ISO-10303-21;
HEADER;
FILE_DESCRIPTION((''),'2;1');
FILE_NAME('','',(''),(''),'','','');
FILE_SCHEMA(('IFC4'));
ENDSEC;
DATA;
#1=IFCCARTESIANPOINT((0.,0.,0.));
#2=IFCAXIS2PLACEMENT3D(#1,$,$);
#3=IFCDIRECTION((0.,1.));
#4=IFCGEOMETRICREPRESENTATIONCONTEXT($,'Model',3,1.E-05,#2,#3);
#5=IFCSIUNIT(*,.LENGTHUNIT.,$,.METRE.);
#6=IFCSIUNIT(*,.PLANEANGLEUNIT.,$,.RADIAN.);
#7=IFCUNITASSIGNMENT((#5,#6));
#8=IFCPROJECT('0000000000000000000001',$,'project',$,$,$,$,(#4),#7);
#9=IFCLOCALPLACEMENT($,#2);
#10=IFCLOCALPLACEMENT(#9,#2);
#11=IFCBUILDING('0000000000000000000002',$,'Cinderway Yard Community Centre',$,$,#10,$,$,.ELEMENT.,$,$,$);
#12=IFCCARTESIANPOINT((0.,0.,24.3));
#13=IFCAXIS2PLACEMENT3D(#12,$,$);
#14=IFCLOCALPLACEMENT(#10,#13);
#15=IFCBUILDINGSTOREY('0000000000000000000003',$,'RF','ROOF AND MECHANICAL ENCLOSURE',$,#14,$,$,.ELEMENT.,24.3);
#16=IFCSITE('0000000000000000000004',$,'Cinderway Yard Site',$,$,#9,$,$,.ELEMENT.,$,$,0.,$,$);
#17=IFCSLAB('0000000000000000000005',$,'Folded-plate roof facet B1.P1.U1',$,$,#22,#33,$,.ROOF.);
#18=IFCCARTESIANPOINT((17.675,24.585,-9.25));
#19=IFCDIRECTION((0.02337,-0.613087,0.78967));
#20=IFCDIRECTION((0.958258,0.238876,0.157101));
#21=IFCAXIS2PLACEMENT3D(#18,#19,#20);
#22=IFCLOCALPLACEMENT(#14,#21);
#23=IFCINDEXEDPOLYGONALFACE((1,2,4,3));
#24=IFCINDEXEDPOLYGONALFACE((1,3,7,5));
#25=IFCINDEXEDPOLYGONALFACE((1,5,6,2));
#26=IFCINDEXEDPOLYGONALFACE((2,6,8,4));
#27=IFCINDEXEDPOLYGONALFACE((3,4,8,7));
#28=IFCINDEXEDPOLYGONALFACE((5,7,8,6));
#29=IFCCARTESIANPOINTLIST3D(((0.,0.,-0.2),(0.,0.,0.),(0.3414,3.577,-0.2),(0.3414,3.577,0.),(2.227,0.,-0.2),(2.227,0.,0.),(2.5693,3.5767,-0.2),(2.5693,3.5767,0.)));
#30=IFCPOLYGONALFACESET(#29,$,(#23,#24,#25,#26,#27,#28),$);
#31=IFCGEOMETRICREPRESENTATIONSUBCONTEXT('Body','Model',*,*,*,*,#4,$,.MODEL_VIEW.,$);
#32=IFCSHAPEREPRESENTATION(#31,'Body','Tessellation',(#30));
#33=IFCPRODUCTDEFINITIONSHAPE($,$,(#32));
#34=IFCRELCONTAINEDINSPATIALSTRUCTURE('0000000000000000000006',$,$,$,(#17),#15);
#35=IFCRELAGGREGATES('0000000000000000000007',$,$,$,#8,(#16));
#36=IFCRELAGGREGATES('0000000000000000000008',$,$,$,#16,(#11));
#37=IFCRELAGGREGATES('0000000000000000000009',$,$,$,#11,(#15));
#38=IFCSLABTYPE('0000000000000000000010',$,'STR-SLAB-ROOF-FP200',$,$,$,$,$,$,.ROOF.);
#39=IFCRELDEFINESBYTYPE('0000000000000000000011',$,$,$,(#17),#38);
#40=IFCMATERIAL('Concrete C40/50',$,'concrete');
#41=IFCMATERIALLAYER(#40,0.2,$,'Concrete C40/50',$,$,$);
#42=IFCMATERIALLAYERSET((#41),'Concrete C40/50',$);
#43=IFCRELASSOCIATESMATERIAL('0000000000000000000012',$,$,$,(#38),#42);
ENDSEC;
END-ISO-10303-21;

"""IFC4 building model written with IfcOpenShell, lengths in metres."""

from ifc_helpers import new_model, si_unit, direction, frame, origin, place, context, subcontext, project, spatial, polyline, outline, extrude, material, layer, layer_set, type_object, element, save


model = new_model("IFC4")

# Units and contexts
model_context = context("Model", 3, precision=1e-05, world=origin(), true_north=direction((0.0, 1.0)))
body_context = subcontext(model_context, "Body", "Model", "MODEL_VIEW")
ifc_project = project(units=[si_unit("LENGTHUNIT", "METRE"), si_unit("PLANEANGLEUNIT", "RADIAN")], contexts=[model_context])

# Site, building, storey
site_placement = place(None, origin())
site = spatial("IfcSite", under=ifc_project, at=site_placement, Name="Cinderway Yard Site", CompositionType="ELEMENT", RefElevation=0.0)
building_placement = place(site_placement, origin())
building = spatial("IfcBuilding", under=site, at=building_placement, Name="Cinderway Yard Community Centre", CompositionType="ELEMENT")
storey_placement = place(building_placement, frame((0.0, 0.0, 24.3)))
storey = spatial("IfcBuildingStorey", under=building, at=storey_placement, Name="RF", Description="ROOF AND MECHANICAL ENCLOSURE", CompositionType="ELEMENT", Elevation=24.3)

# Shared definitions
ifc_material_1 = material(Name="Concrete C40/50", Category="concrete")

# Slab
ifc_layer_1 = layer(ifc_material_1, 0.2, Name="Concrete C40/50")
ifc_layer_set_1 = layer_set([ifc_layer_1], Name="Concrete C40/50")
slab_type = type_object("IfcSlabType", Name="STR-SLAB-ROOF-FP200", PredefinedType="ROOF", material=ifc_layer_set_1)
slab_1_placement = place(storey_placement, frame((17.675, 24.585, -9.25), z_axis=(0.02337, -0.613087, 0.78967), x_axis=(0.958258, 0.238876, 0.157101)))
element("IfcSlab", 1, at=slab_1_placement, inside=storey, type_object=slab_type, Name="Folded-plate roof facet B1.P1.U1", PredefinedType="ROOF", context=body_context, shape_type="SweptSolid", body=[
    extrude(outline(polyline([(0.0, 0.0), (2.227, 0.0), (2.5693, 3.5767), (0.3414, 3.577), (0.0, 0.0)])), origin(), (0.0, 0.0, -1.0), 0.2),
])

save(model, "model.ifc")
